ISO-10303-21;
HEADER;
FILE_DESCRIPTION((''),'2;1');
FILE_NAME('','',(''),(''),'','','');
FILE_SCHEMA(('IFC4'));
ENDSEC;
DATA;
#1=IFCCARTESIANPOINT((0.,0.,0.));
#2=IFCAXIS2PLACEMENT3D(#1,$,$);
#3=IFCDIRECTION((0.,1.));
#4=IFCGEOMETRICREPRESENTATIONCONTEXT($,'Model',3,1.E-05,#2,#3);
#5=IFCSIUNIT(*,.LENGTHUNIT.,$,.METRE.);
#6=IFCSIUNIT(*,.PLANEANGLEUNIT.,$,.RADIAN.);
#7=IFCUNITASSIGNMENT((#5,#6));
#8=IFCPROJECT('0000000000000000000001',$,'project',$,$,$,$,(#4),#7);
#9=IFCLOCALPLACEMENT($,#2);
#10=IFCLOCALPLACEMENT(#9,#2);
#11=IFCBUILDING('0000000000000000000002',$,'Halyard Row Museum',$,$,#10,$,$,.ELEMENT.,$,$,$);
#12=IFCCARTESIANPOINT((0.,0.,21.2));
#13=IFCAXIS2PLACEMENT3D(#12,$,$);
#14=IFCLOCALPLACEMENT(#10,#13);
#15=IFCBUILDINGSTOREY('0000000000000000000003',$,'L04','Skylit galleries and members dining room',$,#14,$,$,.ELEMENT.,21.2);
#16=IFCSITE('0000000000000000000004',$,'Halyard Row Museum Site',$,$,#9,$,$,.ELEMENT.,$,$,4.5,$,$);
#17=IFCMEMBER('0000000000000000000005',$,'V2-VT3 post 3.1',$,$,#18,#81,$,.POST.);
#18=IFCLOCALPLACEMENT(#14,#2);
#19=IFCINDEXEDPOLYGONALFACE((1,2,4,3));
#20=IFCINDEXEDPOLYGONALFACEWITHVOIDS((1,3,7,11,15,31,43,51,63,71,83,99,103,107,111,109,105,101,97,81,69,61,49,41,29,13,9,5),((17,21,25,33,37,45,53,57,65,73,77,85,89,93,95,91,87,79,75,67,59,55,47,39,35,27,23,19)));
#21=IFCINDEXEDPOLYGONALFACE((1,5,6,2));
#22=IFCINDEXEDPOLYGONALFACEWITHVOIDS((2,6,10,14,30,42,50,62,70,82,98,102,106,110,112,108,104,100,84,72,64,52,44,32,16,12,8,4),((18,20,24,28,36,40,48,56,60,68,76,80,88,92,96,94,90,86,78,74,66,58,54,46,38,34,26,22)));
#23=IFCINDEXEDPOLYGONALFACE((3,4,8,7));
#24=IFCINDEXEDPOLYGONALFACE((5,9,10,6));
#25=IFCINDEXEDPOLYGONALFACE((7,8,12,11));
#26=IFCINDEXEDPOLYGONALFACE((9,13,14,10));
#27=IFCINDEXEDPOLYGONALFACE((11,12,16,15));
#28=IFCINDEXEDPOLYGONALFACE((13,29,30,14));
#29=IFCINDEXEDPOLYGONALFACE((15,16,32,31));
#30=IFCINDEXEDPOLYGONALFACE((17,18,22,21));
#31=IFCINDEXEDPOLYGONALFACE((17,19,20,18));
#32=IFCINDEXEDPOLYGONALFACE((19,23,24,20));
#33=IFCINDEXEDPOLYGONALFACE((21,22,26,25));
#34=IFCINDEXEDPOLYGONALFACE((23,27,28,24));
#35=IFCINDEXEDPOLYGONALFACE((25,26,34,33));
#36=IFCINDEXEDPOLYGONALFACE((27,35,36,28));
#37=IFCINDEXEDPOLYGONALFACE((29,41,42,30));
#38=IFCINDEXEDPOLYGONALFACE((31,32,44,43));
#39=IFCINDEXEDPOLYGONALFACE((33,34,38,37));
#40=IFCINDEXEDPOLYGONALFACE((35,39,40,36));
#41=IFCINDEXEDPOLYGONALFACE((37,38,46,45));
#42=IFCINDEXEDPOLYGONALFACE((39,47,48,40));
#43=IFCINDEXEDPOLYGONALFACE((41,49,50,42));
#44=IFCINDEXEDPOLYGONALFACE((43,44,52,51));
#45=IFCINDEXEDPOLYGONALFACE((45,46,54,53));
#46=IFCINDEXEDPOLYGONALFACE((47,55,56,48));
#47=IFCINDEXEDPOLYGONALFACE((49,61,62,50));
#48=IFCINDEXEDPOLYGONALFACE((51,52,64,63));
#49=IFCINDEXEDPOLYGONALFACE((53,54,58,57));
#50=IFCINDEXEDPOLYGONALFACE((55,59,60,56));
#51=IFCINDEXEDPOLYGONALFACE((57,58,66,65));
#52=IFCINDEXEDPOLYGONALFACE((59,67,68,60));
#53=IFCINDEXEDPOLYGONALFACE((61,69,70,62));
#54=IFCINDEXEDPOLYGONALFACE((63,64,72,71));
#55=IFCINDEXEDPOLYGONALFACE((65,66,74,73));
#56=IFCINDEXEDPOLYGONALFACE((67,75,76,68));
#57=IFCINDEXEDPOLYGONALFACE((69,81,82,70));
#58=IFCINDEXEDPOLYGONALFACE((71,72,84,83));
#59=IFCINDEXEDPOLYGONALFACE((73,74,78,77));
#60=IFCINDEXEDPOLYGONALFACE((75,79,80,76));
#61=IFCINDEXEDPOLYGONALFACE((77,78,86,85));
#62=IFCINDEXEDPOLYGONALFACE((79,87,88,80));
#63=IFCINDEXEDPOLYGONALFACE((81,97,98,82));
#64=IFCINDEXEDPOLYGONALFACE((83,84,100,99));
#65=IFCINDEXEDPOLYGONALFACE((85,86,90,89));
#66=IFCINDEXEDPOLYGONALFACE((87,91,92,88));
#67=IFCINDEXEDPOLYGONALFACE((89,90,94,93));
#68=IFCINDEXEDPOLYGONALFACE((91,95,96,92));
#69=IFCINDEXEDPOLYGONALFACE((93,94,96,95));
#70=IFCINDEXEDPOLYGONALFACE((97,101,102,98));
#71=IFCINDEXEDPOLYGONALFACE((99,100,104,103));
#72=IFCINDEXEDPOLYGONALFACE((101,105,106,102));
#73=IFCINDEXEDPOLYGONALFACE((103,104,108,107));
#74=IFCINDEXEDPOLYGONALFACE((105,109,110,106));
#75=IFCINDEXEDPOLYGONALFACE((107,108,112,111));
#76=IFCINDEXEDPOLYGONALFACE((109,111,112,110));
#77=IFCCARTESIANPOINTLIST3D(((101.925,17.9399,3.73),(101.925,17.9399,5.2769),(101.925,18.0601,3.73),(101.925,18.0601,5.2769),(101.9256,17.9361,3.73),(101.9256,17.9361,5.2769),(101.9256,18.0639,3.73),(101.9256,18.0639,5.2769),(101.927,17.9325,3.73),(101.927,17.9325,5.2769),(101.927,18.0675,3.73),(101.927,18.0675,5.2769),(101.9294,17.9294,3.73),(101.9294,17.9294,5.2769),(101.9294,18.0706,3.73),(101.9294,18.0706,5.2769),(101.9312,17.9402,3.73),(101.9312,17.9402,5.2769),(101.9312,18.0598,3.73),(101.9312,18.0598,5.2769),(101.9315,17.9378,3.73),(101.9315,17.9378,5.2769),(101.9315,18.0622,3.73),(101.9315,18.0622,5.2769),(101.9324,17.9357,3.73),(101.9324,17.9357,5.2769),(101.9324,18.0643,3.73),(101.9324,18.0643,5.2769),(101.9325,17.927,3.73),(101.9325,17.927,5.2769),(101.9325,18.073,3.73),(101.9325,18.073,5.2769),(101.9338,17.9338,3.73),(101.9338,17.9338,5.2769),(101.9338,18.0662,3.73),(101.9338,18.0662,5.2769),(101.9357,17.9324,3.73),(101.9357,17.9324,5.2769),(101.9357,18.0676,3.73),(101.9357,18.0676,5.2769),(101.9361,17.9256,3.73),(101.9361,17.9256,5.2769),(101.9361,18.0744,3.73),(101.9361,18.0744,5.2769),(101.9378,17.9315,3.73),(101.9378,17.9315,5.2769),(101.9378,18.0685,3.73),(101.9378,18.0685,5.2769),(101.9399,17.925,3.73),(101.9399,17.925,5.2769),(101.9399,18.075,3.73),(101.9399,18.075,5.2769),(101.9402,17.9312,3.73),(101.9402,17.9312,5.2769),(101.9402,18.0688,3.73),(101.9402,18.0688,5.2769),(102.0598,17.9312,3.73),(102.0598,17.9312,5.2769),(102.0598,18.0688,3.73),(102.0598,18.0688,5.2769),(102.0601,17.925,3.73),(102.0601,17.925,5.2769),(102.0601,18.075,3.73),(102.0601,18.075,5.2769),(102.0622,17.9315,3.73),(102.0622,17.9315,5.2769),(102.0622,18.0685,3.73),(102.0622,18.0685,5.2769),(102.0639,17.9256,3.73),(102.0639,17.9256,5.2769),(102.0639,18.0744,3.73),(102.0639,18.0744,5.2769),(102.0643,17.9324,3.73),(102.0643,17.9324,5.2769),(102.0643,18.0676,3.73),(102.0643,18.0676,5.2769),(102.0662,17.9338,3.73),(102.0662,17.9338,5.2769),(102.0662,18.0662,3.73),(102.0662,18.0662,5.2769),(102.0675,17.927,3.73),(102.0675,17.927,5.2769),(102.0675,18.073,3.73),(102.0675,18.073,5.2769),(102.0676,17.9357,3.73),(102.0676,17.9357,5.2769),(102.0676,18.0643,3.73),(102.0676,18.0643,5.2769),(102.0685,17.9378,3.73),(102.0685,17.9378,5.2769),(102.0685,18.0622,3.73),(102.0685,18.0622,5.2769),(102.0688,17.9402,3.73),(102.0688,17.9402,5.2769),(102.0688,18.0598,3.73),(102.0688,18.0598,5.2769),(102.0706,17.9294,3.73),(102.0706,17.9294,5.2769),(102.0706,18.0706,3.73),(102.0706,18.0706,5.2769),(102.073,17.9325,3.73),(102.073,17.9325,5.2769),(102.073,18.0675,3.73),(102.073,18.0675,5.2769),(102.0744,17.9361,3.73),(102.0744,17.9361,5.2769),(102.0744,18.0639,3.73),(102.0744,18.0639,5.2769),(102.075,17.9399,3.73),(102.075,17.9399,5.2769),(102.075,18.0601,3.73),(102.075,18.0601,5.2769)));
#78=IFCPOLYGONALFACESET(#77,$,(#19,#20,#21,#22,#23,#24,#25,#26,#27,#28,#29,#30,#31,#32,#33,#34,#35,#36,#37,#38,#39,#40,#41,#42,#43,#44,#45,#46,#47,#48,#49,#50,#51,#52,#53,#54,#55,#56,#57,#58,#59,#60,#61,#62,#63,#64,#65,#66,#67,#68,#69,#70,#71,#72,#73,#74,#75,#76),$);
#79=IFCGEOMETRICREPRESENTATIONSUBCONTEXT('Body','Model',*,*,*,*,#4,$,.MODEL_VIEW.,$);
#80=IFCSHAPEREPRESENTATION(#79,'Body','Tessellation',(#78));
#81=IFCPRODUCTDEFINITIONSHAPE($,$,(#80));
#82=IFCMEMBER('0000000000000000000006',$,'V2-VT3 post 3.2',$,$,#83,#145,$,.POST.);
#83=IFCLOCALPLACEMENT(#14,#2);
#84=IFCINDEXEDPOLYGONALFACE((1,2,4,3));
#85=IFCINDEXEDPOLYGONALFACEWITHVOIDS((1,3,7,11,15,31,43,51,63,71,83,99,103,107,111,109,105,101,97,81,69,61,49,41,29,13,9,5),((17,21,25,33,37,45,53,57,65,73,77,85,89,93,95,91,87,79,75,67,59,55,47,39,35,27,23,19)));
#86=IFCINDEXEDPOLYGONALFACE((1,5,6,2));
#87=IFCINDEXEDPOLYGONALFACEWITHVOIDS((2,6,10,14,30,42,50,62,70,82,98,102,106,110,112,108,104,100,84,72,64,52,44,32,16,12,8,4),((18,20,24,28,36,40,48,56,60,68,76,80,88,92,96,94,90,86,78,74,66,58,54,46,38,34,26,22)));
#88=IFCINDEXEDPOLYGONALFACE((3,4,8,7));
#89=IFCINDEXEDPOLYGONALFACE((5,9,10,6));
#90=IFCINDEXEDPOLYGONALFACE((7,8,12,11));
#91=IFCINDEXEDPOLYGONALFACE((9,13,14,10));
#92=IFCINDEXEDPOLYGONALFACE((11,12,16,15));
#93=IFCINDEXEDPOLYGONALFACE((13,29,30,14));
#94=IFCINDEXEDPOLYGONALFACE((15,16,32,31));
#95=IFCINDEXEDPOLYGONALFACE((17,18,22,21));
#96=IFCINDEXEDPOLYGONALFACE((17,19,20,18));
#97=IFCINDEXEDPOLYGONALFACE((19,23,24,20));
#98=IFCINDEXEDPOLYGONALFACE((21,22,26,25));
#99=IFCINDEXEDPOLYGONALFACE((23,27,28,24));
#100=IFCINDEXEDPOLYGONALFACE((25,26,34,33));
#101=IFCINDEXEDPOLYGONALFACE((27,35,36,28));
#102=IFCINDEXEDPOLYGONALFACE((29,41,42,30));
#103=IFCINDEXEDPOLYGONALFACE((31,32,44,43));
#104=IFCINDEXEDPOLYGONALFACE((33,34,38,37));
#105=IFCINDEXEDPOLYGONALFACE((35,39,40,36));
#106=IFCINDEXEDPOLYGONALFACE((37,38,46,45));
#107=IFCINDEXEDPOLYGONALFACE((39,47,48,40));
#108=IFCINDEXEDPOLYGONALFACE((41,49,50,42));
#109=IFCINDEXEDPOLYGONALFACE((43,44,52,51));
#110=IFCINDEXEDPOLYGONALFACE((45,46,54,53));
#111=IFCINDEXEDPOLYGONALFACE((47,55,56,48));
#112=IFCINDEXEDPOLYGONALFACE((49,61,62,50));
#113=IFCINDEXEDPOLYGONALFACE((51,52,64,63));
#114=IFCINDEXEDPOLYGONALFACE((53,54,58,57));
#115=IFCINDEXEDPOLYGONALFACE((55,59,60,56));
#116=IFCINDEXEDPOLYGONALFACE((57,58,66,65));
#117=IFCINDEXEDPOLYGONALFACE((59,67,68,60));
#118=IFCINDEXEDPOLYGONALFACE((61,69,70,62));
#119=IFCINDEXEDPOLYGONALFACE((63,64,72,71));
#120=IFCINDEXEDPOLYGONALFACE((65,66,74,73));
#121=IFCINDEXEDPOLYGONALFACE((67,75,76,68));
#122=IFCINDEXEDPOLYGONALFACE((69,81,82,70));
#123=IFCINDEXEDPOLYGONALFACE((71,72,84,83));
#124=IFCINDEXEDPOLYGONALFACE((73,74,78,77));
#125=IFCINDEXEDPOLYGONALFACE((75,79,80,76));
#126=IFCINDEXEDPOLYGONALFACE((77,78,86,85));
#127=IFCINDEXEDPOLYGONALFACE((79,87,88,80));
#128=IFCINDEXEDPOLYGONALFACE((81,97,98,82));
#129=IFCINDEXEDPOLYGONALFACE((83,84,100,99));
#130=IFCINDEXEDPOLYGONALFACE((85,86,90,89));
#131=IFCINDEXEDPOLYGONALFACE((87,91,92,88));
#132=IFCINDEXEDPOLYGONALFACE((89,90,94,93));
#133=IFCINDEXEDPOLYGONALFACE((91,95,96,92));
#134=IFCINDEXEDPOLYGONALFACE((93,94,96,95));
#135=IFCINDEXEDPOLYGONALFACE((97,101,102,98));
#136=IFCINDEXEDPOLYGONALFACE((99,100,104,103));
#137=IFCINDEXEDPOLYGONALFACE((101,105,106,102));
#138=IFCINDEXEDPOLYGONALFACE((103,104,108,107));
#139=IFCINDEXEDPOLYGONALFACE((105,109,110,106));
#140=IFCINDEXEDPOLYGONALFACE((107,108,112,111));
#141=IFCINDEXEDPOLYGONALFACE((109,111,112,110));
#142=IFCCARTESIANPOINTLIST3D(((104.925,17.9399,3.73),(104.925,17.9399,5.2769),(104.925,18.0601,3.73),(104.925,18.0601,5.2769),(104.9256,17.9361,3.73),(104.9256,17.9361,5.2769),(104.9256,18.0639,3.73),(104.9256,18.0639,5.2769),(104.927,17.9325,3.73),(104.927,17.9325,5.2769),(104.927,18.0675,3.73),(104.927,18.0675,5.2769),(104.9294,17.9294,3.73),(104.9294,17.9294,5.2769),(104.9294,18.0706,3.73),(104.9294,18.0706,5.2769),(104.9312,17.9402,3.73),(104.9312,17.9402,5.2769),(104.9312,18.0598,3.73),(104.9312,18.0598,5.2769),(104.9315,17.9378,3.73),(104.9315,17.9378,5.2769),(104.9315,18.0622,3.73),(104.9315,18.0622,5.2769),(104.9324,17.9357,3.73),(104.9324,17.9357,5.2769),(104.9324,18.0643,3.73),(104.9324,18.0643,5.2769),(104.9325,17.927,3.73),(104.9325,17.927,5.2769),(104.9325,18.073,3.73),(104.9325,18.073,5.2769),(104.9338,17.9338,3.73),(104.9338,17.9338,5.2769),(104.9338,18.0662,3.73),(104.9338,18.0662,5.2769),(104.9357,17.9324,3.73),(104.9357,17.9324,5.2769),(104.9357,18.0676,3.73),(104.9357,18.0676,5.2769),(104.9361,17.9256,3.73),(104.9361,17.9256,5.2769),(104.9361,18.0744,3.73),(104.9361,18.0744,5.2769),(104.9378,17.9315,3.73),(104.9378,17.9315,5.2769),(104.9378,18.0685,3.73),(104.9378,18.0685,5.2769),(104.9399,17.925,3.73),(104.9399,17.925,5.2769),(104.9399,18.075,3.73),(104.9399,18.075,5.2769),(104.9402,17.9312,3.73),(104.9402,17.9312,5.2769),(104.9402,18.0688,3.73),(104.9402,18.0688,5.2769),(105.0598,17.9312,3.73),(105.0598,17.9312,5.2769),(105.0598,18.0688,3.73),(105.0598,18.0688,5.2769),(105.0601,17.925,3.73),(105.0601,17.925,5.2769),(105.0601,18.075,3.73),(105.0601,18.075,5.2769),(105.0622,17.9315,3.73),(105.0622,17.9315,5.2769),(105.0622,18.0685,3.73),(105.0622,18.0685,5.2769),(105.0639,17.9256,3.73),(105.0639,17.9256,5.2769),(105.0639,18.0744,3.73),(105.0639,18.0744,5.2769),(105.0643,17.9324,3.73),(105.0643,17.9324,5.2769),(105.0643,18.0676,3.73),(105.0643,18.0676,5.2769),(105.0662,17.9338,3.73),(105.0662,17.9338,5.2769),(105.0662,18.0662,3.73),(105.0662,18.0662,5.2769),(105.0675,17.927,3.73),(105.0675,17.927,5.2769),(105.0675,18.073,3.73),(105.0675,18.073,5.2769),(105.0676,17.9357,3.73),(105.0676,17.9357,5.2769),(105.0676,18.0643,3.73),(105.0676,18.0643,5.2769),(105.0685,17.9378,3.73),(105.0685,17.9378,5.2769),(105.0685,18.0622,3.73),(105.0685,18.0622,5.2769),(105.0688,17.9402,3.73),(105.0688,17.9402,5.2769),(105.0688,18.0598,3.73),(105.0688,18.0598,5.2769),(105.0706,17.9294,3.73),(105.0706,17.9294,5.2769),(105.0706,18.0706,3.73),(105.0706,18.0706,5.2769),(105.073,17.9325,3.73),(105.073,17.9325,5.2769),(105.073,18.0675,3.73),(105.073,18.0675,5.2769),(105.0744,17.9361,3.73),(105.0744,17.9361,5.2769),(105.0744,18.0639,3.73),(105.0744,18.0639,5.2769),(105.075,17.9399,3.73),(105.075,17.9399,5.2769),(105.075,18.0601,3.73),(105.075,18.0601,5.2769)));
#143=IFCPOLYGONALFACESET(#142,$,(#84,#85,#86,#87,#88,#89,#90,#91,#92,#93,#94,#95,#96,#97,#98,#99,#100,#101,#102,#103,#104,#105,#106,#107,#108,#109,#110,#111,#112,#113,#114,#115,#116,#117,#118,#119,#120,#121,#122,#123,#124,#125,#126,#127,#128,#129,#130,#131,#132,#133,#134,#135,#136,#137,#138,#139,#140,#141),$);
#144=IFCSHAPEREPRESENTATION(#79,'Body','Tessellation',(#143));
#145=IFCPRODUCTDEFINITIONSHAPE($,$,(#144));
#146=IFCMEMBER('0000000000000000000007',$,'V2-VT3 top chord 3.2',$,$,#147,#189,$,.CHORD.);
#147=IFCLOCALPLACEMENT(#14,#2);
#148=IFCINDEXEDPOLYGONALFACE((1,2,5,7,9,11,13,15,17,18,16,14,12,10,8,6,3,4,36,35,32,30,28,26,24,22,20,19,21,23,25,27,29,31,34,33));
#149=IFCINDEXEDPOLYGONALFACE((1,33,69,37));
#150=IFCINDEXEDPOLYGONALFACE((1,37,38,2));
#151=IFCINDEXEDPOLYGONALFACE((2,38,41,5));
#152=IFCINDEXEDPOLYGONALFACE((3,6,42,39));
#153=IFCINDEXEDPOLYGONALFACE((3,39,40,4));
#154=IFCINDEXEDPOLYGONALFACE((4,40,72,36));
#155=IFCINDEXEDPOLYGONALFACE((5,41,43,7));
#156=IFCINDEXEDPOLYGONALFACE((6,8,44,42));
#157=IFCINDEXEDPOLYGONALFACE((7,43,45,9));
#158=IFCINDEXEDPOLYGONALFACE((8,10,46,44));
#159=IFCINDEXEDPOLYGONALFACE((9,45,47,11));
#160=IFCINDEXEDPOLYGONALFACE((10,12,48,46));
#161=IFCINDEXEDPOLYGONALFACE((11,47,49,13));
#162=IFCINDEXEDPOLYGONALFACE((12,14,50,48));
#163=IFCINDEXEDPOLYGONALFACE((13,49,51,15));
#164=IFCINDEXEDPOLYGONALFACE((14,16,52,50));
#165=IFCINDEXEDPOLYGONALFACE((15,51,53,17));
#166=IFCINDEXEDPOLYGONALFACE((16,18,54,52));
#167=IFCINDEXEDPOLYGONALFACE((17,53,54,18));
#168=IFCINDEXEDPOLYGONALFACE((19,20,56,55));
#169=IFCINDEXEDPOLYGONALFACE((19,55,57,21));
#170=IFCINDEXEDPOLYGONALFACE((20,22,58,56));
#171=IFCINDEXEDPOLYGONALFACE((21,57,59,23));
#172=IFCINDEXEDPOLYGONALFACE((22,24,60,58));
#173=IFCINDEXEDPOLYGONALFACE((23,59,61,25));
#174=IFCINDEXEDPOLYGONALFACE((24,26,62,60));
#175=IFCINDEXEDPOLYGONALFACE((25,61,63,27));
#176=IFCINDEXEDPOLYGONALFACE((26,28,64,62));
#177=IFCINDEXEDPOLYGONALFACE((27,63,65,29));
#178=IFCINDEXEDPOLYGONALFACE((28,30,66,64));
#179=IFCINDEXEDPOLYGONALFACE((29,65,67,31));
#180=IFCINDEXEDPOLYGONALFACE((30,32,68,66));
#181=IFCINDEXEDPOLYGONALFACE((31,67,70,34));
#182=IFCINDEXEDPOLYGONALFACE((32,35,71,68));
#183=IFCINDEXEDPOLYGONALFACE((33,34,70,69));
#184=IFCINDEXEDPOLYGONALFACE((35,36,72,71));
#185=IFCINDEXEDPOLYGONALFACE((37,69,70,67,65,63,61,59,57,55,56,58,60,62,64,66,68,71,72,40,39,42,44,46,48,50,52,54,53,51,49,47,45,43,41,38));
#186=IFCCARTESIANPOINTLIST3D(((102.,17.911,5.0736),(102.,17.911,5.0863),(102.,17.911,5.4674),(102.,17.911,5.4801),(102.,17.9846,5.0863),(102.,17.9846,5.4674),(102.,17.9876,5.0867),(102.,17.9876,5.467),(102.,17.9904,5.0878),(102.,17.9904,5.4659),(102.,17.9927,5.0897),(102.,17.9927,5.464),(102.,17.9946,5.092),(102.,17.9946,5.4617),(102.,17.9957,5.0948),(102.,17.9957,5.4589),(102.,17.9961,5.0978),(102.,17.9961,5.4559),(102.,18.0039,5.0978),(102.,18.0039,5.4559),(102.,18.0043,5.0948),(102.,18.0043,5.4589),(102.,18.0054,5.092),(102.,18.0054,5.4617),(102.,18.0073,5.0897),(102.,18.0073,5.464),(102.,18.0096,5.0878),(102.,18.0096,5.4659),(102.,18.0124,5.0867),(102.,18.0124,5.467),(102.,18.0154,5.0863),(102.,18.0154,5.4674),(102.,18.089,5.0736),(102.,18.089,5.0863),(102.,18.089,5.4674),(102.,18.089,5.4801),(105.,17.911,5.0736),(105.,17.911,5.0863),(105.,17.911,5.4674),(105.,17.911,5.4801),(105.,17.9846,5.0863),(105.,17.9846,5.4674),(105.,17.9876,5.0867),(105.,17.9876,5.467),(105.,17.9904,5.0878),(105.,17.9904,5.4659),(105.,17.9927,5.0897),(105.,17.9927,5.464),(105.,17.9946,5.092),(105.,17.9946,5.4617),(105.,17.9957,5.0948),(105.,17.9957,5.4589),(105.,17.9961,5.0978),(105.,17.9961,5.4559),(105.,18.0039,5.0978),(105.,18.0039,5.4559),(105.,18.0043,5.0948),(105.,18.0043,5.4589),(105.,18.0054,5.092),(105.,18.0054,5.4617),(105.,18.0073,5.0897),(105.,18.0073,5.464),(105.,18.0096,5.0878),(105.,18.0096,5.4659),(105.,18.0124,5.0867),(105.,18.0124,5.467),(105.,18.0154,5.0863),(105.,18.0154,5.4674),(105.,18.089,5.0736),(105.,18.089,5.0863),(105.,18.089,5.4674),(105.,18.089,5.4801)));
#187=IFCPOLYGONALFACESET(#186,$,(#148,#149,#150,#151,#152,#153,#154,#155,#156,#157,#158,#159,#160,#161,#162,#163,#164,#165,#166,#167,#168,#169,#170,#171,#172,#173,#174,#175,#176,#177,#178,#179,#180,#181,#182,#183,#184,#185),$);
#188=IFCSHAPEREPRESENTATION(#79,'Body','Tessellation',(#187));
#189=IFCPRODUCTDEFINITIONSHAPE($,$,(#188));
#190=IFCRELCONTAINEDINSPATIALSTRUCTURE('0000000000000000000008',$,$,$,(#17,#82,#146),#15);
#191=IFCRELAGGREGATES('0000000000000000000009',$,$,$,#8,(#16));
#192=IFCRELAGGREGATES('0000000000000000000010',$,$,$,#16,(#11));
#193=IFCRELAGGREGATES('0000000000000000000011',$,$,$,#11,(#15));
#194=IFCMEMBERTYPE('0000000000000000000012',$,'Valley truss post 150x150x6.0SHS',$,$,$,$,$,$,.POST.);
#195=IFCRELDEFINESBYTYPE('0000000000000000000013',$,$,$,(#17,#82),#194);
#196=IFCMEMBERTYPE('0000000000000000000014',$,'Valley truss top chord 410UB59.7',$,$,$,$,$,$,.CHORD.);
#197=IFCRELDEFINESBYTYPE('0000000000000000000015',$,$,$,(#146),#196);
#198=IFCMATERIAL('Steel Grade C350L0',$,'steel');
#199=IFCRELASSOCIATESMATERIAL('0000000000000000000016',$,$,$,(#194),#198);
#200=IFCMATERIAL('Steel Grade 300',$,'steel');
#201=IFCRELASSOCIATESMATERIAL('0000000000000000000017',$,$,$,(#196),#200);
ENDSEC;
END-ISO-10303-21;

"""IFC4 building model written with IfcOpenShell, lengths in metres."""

from ifc_helpers import new_model, si_unit, direction, frame, origin, origin_2d, place, context, subcontext, project, spatial, hollow_rectangle, i_section, extrude, material, material_profile, profile_set, type_object, element, save


model = new_model("IFC4")

# Units and contexts
model_context = context("Model", 3, precision=1e-05, world=origin(), true_north=direction((0.0, 1.0)))
body_context = subcontext(model_context, "Body", "Model", "MODEL_VIEW")
ifc_project = project(units=[si_unit("LENGTHUNIT", "METRE"), si_unit("PLANEANGLEUNIT", "RADIAN")], contexts=[model_context])

# Site, building, storey
site_placement = place(None, origin())
site = spatial("IfcSite", under=ifc_project, at=site_placement, Name="Halyard Row Museum Site", CompositionType="ELEMENT", RefElevation=4.5)
building_placement = place(site_placement, origin())
building = spatial("IfcBuilding", under=site, at=building_placement, Name="Halyard Row Museum", CompositionType="ELEMENT")
storey_placement = place(building_placement, frame((0.0, 0.0, 21.2)))
storey = spatial("IfcBuildingStorey", under=building, at=storey_placement, Name="L04", Description="Skylit galleries and members dining room", CompositionType="ELEMENT", Elevation=21.2)

# Members
ifc_material_1 = material(Name="Steel Grade C350L0", Category="steel")
ifc_material_profile_1 = material_profile(ifc_material_1, hollow_rectangle(XDim=0.1499, YDim=0.1499, WallThickness=0.0061, InnerFilletRadius=0.009, OuterFilletRadius=0.0149, at=origin_2d()), Name="150x150x6.0SHS")
ifc_profile_set_1 = profile_set([ifc_material_profile_1], Name="Steel Grade C350L0")
member_type_1 = type_object("IfcMemberType", Name="Valley truss post 150x150x6.0SHS", PredefinedType="POST", material=ifc_profile_set_1)
for number, where, z_axis, x_axis, name in (
    (1, (102.0, 18.0, 3.73), (0.0, 0.0, 1.0), (1.0, 0.0, 0.0), "V2-VT3 post 3.1"),
    (2, (105.0, 18.0, 3.73), (0.0, 0.0, 1.0), (1.0, 0.0, 0.0), "V2-VT3 post 3.2"),
):
    element("IfcMember", number, at=place(storey_placement, frame(where, z_axis=z_axis, x_axis=x_axis)), inside=storey, type_object=member_type_1, Name=name, PredefinedType="POST", context=body_context, shape_type="SweptSolid", body=[
        extrude(hollow_rectangle(XDim=0.1499, YDim=0.1499, WallThickness=0.0061, InnerFilletRadius=0.009, OuterFilletRadius=0.0149, at=origin_2d()), origin(), (0.0, 0.0, 1.0), 1.5469),
    ])
ifc_material_2 = material(Name="Steel Grade 300", Category="steel")
ifc_material_profile_2 = material_profile(ifc_material_2, i_section(OverallWidth=0.178, OverallDepth=0.4065, WebThickness=0.0078, FlangeThickness=0.0127, FilletRadius=0.0115, at=origin_2d()), Name="410UB59.7")
ifc_profile_set_2 = profile_set([ifc_material_profile_2], Name="Steel Grade 300")
member_type_2 = type_object("IfcMemberType", Name="Valley truss top chord 410UB59.7", PredefinedType="CHORD", material=ifc_profile_set_2)
for number, where, z_axis, x_axis, name in (
    (3, (102.0, 18.0, 5.2769), (1.0, 0.0, 0.0), (0.0, 1.0, 0.0), "V2-VT3 top chord 3.2"),
):
    element("IfcMember", number, at=place(storey_placement, frame(where, z_axis=z_axis, x_axis=x_axis)), inside=storey, type_object=member_type_2, Name=name, PredefinedType="CHORD", context=body_context, shape_type="SweptSolid", body=[
        extrude(i_section(OverallWidth=0.178, OverallDepth=0.4065, WebThickness=0.0078, FlangeThickness=0.0127, FilletRadius=0.0115, at=origin_2d()), origin(), (0.0, 0.0, 1.0), 3.0),
    ])

save(model, "model.ifc")
